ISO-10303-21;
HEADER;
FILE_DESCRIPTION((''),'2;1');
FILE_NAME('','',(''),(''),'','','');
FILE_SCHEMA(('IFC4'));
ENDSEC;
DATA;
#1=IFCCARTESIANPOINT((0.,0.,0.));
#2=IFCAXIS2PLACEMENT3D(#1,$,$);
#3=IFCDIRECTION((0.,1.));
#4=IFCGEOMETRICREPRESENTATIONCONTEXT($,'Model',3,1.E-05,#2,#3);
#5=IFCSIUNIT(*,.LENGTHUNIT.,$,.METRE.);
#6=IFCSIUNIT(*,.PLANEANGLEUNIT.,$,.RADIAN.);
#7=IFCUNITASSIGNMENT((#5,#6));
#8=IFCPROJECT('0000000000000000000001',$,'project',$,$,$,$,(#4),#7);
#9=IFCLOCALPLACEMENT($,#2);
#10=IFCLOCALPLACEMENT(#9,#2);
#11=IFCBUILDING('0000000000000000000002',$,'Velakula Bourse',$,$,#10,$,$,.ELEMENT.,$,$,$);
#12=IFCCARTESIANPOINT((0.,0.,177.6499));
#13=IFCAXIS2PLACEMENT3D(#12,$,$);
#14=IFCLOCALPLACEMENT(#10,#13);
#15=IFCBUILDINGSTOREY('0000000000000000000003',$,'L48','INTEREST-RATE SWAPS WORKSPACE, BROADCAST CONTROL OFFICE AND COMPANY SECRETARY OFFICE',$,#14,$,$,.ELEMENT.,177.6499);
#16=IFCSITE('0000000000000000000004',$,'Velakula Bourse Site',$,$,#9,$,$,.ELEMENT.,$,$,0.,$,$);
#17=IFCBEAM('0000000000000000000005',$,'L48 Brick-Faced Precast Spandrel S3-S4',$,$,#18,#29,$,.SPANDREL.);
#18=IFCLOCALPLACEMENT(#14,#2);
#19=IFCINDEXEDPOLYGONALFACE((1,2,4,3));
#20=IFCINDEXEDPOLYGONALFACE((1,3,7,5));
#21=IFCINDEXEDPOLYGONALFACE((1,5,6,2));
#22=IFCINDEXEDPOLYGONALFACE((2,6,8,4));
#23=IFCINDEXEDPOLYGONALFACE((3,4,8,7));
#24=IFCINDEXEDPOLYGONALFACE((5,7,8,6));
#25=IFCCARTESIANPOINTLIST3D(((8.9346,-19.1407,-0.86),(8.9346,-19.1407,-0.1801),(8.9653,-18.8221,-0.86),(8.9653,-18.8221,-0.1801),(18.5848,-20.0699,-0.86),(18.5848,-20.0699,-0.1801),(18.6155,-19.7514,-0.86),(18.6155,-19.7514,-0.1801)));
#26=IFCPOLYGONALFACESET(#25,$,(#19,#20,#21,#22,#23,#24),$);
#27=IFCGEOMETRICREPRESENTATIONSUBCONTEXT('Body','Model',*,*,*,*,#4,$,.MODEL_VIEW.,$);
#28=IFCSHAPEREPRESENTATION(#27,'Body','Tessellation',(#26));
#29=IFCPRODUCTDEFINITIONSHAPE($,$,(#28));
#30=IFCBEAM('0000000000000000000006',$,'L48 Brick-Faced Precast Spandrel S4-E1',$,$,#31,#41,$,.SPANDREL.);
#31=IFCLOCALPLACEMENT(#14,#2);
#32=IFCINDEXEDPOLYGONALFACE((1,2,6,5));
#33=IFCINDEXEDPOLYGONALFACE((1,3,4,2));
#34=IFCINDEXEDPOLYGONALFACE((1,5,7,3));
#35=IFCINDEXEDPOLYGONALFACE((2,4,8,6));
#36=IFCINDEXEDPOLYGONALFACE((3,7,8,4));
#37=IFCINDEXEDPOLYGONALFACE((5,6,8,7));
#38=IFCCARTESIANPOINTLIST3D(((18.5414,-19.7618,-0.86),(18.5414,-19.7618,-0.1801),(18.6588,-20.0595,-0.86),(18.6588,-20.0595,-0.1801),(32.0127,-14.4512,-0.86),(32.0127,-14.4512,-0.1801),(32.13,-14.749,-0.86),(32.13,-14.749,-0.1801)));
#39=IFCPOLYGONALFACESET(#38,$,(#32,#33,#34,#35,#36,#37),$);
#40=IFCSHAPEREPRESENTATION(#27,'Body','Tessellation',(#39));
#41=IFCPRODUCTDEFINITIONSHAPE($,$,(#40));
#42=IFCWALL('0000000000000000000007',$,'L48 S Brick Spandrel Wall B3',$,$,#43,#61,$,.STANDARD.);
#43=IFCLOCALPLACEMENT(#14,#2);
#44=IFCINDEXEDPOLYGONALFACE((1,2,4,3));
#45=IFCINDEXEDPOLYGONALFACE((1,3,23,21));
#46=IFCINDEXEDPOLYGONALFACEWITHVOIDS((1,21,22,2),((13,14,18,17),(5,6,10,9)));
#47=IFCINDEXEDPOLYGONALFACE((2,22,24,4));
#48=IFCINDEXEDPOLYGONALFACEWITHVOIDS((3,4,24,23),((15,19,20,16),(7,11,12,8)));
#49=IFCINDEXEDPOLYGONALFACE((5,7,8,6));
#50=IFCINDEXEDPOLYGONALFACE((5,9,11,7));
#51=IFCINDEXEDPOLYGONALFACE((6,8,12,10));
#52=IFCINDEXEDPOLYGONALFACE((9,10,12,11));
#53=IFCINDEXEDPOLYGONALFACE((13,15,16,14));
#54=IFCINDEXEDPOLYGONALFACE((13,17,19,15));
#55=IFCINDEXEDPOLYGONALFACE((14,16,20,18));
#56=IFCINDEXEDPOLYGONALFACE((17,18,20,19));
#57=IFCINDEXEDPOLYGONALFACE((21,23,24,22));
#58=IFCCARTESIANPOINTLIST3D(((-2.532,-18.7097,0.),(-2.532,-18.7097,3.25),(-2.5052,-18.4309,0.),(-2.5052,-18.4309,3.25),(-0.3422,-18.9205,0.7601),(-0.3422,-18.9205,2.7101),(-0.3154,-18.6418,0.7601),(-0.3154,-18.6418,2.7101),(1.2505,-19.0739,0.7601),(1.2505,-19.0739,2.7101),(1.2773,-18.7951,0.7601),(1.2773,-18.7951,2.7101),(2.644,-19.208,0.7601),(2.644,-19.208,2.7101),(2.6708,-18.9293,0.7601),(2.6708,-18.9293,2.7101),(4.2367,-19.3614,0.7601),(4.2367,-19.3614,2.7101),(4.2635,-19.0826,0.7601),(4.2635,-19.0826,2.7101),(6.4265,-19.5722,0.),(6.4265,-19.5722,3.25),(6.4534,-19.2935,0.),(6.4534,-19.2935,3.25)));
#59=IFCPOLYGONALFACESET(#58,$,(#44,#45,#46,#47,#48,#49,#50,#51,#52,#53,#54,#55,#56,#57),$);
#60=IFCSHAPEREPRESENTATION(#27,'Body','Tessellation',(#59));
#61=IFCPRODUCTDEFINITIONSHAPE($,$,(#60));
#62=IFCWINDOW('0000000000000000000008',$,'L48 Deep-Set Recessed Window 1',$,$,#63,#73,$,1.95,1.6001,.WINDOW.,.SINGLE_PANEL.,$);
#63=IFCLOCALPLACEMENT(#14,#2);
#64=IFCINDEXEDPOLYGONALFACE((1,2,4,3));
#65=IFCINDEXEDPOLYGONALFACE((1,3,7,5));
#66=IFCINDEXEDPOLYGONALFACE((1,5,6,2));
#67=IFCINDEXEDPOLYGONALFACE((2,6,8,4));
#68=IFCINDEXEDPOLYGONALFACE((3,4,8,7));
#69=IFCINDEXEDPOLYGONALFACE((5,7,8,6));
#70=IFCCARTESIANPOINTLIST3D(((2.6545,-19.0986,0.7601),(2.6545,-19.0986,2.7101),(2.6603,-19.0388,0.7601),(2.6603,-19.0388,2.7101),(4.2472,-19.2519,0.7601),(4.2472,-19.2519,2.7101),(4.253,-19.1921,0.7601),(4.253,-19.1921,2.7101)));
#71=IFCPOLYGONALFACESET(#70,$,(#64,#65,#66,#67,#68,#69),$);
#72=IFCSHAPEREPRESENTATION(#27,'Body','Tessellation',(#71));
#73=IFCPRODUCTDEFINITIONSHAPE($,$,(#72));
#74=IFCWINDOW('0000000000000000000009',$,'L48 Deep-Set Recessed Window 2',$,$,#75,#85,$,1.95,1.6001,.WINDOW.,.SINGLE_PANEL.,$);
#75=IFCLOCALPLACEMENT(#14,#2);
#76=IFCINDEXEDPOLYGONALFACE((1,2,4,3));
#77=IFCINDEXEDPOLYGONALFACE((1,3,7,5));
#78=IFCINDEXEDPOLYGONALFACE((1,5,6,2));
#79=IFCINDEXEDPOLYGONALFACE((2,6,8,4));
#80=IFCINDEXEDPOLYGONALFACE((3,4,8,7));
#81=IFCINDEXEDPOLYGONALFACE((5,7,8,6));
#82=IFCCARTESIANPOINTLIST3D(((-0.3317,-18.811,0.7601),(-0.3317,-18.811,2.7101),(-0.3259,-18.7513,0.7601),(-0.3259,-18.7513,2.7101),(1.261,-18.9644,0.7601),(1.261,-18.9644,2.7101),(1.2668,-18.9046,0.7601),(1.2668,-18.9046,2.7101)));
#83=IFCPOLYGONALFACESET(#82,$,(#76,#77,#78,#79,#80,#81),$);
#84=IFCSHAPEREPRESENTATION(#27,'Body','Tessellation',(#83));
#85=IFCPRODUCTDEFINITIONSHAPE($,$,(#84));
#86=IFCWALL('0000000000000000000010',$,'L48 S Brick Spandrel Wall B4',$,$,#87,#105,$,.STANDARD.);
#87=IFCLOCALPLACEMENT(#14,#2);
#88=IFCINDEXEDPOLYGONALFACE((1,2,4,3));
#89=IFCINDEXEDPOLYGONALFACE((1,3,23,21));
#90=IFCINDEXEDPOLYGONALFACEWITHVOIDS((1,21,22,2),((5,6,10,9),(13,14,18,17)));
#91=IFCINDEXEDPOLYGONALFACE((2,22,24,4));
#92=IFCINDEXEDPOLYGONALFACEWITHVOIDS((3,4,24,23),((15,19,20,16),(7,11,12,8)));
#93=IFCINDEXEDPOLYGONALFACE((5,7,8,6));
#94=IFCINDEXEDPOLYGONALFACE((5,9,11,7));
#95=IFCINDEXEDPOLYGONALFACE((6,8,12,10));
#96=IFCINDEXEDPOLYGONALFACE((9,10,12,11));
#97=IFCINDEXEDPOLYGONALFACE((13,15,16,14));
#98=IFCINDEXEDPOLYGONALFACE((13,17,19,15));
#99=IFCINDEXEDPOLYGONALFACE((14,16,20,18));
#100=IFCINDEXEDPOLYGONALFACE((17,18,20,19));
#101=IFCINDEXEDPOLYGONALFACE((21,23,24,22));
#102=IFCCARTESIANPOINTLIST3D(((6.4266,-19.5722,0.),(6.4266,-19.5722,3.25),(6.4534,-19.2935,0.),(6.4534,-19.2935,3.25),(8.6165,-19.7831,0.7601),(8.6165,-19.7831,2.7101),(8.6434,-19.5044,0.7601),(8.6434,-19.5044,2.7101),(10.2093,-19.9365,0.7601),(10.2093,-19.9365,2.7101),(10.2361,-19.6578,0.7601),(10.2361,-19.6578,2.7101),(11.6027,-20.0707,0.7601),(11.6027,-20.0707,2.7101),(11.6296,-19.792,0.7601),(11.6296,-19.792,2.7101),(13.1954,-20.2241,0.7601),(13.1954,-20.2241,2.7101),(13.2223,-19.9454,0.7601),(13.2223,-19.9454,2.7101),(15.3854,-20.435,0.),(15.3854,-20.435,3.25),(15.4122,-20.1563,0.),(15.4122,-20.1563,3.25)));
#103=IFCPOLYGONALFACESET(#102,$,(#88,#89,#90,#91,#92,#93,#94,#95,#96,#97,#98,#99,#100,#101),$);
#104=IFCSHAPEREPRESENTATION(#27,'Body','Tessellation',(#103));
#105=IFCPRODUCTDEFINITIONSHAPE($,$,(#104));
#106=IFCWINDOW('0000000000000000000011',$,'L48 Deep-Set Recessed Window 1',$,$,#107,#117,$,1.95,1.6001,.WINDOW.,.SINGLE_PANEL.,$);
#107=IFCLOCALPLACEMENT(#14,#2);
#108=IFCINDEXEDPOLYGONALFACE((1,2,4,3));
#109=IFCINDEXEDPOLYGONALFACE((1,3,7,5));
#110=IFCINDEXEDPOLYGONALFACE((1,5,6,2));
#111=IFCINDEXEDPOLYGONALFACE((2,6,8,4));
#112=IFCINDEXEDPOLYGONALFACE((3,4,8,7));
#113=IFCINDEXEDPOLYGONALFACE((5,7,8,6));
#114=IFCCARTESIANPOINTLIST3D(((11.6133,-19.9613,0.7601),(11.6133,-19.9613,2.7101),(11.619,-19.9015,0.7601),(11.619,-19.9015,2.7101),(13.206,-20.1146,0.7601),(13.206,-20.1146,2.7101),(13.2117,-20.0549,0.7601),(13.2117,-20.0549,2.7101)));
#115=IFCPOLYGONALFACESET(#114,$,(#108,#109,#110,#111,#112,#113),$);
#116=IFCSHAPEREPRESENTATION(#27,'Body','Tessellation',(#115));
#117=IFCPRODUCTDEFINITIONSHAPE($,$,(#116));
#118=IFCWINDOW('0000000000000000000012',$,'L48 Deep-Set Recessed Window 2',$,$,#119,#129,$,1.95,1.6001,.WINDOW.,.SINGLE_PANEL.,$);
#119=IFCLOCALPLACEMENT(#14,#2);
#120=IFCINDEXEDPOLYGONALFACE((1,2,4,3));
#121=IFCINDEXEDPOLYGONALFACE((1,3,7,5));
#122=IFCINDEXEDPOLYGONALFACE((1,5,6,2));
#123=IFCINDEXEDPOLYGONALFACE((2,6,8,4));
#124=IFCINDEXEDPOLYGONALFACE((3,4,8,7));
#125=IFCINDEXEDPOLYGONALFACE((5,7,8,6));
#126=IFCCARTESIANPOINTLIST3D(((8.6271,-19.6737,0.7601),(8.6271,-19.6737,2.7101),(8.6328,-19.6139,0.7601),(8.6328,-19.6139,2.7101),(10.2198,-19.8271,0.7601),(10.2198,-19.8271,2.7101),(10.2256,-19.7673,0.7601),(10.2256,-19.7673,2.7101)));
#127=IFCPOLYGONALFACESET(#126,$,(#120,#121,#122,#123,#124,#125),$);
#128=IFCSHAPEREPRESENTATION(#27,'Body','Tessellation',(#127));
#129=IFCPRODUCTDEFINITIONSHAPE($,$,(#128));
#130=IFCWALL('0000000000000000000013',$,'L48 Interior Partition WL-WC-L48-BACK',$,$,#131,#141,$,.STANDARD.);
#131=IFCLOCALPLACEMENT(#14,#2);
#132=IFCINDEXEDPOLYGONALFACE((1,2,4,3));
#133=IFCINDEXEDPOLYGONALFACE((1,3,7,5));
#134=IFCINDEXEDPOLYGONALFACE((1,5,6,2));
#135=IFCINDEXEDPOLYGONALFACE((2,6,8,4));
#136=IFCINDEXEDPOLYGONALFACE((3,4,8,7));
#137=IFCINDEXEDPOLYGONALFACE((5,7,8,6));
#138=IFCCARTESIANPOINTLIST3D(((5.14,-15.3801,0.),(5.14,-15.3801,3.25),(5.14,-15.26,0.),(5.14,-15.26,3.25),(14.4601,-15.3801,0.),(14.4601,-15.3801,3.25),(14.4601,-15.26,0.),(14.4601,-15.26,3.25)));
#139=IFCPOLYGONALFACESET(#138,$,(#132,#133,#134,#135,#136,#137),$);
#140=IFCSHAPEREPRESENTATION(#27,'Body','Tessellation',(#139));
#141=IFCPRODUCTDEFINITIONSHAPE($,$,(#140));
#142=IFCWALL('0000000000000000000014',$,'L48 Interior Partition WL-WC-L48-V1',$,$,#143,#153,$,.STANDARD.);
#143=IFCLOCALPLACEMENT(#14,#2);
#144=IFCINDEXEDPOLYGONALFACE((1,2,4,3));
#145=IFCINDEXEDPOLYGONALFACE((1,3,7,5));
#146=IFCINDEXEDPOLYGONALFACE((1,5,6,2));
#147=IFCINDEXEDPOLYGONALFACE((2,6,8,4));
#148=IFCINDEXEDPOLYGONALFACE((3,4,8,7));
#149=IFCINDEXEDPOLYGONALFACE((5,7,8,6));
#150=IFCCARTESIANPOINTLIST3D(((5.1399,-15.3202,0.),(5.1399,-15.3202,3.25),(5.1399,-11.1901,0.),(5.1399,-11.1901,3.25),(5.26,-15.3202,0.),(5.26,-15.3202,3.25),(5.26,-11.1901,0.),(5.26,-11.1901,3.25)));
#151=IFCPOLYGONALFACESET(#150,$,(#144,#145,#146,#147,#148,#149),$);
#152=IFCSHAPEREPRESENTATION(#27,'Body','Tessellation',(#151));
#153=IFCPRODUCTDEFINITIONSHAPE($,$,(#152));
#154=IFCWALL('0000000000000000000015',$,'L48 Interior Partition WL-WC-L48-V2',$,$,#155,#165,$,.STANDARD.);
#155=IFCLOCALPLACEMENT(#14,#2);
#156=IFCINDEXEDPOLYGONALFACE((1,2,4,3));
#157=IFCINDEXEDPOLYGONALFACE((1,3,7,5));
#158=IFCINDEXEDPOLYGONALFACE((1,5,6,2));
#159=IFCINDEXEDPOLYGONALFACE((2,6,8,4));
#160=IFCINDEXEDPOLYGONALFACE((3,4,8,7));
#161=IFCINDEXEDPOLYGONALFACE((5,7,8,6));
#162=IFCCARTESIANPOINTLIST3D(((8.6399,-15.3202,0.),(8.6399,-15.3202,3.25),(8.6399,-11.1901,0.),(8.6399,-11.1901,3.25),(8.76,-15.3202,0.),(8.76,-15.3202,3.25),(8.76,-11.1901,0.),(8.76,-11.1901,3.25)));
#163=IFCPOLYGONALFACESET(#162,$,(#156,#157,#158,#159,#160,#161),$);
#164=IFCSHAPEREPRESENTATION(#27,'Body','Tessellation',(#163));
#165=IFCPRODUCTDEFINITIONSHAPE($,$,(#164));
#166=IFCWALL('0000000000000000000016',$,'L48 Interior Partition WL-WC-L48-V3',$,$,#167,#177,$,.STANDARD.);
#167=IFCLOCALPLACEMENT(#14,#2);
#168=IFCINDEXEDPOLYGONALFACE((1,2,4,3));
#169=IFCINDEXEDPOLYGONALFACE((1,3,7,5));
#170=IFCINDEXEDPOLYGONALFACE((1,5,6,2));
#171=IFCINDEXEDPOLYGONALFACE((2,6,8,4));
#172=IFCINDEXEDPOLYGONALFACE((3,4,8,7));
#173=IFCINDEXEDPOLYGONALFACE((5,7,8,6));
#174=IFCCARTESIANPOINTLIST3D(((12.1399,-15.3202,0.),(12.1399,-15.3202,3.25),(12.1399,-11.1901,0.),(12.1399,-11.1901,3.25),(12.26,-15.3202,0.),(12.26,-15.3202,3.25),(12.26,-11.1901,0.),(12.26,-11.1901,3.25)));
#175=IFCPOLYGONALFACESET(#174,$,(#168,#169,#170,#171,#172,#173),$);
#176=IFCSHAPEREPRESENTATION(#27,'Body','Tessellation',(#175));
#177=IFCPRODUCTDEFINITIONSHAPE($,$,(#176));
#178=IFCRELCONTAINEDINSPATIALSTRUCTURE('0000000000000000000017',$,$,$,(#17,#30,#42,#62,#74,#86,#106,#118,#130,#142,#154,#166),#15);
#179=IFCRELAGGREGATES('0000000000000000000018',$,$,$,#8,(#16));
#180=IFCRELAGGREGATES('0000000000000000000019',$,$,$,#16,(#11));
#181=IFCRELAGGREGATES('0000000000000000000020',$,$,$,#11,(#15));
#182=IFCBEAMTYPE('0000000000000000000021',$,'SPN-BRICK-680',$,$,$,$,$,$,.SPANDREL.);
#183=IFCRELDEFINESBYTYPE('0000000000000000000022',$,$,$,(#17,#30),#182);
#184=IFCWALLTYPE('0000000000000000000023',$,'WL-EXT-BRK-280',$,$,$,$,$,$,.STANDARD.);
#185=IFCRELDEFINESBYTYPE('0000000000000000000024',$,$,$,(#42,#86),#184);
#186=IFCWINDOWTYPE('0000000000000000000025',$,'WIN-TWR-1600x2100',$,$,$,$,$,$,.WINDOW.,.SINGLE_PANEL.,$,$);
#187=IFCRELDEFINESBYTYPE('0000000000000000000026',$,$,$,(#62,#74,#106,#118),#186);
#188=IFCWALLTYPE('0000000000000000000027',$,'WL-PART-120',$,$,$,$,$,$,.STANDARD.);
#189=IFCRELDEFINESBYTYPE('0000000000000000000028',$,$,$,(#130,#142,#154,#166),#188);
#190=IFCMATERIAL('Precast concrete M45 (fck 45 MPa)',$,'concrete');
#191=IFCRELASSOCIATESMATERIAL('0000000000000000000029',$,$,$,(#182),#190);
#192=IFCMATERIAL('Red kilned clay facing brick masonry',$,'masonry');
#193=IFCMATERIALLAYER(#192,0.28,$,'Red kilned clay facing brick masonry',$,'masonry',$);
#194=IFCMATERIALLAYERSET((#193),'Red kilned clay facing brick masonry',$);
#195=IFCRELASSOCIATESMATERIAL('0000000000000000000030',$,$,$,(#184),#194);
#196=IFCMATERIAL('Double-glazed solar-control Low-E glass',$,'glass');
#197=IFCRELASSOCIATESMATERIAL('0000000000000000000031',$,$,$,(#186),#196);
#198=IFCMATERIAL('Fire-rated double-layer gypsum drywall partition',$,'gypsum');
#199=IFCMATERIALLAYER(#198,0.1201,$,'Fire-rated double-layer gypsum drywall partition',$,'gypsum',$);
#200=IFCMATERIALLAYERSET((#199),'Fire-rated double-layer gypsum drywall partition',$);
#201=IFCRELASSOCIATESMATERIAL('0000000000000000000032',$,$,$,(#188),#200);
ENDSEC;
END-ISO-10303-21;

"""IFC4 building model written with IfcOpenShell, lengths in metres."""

from ifc_helpers import new_model, si_unit, direction, frame, frame_2d, origin, origin_2d, place, context, subcontext, project, spatial, rectangle, extrude, material, layer, layer_set, material_profile, profile_set, type_object, element, fill, save


model = new_model("IFC4")

# Units and contexts
model_context = context("Model", 3, precision=1e-05, world=origin(), true_north=direction((0.0, 1.0)))
body_context = subcontext(model_context, "Body", "Model", "MODEL_VIEW")
ifc_project = project(units=[si_unit("LENGTHUNIT", "METRE"), si_unit("PLANEANGLEUNIT", "RADIAN")], contexts=[model_context])

# Site, building, storey
site_placement = place(None, origin())
site = spatial("IfcSite", under=ifc_project, at=site_placement, Name="Velakula Bourse Site", CompositionType="ELEMENT", RefElevation=0.0)
building_placement = place(site_placement, origin())
building = spatial("IfcBuilding", under=site, at=building_placement, Name="Velakula Bourse", CompositionType="ELEMENT")
storey_placement = place(building_placement, frame((0.0, 0.0, 177.6499)))
storey = spatial("IfcBuildingStorey", under=building, at=storey_placement, Name="L48", Description="INTEREST-RATE SWAPS WORKSPACE, BROADCAST CONTROL OFFICE AND COMPANY SECRETARY OFFICE", CompositionType="ELEMENT", Elevation=177.6499)

# Beams
ifc_material_1 = material(Name="Precast concrete M45 (fck 45 MPa)", Category="concrete")
ifc_material_profile_1 = material_profile(ifc_material_1, rectangle(XDim=0.3201, YDim=0.6799, at=origin_2d()), Name="Precast concrete M45 (fck 45 MPa)")
ifc_profile_set_1 = profile_set([ifc_material_profile_1], Name="Precast concrete M45 (fck 45 MPa)")
beam_type_1 = type_object("IfcBeamType", Name="SPN-BRICK-680", PredefinedType="SPANDREL", material=ifc_profile_set_1)
beam_1_placement = place(storey_placement, frame((8.95, -18.9814, -0.52), z_axis=(0.995396, -0.095845, 0.0), x_axis=(0.095845, 0.995396, 0.0)))
element("IfcBeam", 1, at=beam_1_placement, inside=storey, type_object=beam_type_1, Name="L48 Brick-Faced Precast Spandrel S3-S4", PredefinedType="SPANDREL", context=body_context, shape_type="SweptSolid", body=[
    extrude(rectangle(XDim=0.3201, YDim=0.6799, at=origin_2d()), origin(), (0.0, 0.0, 1.0), 9.6948),
])
beam_2_placement = place(storey_placement, frame((18.6001, -19.9106, -0.52), z_axis=(0.930321, 0.366747, 0.0), x_axis=(-0.366747, 0.930321, 0.0)))
element("IfcBeam", 2, at=beam_2_placement, inside=storey, type_object=beam_type_1, Name="L48 Brick-Faced Precast Spandrel S4-E1", PredefinedType="SPANDREL", context=body_context, shape_type="SweptSolid", body=[
    extrude(rectangle(XDim=0.3201, YDim=0.6799, at=origin_2d()), origin(), (0.0, 0.0, 1.0), 14.4802),
])

# Walls, openings, windows
ifc_material_2 = material(Name="Red kilned clay facing brick masonry", Category="masonry")
ifc_layer_1 = layer(ifc_material_2, 0.28, Name="Red kilned clay facing brick masonry", Category="masonry")
ifc_layer_set_1 = layer_set([ifc_layer_1], Name="Red kilned clay facing brick masonry")
wall_type_1 = type_object("IfcWallType", Name="WL-EXT-BRK-280", PredefinedType="STANDARD", material=ifc_layer_set_1)
wall_1_placement = place(storey_placement, frame((6.4399, -19.4329, 0.0), z_axis=(0.0, 0.0, 1.0), x_axis=(-0.995397, 0.09584, 0.0)))
wall_1 = element("IfcWall", 3, at=wall_1_placement, inside=storey, type_object=wall_type_1, Name="L48 S Brick Spandrel Wall B3", PredefinedType="STANDARD", context=body_context, shape_type="SweptSolid", body=[
    extrude(rectangle(XDim=9.0, YDim=0.28, at=frame_2d((4.5, 0.0))), origin(), (0.0, 0.0, 1.0), 3.25),
])
opening_1_placement = place(wall_1_placement, frame((2.2, 0.0, 0.76)))
opening_1 = element("IfcOpeningElement", 4, at=opening_1_placement, cuts=wall_1, PredefinedType="OPENING", context=body_context, shape_type="SweptSolid", body=[
    extrude(rectangle(XDim=1.6001, YDim=1.95, at=frame_2d((0.8, 0.9751))), frame((0.0, 0.1499, 0.0), z_axis=(0.0, -1.0, 0.0), x_axis=(1.0, 0.0, 0.0)), (0.0, 0.0, 1.0), 0.3),
])
opening_2_placement = place(wall_1_placement, frame((5.2, 0.0, 0.76)))
opening_2 = element("IfcOpeningElement", 5, at=opening_2_placement, cuts=wall_1, PredefinedType="OPENING", context=body_context, shape_type="SweptSolid", body=[
    extrude(rectangle(XDim=1.6001, YDim=1.95, at=frame_2d((0.8, 0.9751))), frame((0.0, 0.1499, 0.0), z_axis=(0.0, -1.0, 0.0), x_axis=(1.0, 0.0, 0.0)), (0.0, 0.0, 1.0), 0.3),
])
ifc_material_3 = material(Name="Double-glazed solar-control Low-E glass", Category="glass")
window_type = type_object("IfcWindowType", Name="WIN-TWR-1600x2100", PartitioningType="SINGLE_PANEL", PredefinedType="WINDOW", material=ifc_material_3)
window_1_placement = place(opening_1_placement, origin())
window_1 = element("IfcWindow", 6, at=window_1_placement, inside=storey, type_object=window_type, Name="L48 Deep-Set Recessed Window 1", OverallHeight=1.95, OverallWidth=1.6001, PartitioningType="SINGLE_PANEL", PredefinedType="WINDOW", context=body_context, shape_type="SweptSolid", body=[
    extrude(rectangle(XDim=1.6001, YDim=1.95, at=frame_2d((0.8, 0.9751))), frame((0.0, 0.03, 0.0), z_axis=(0.0, -1.0, 0.0), x_axis=(1.0, 0.0, 0.0)), (0.0, 0.0, 1.0), 0.0601),
])
fill(opening_1, window_1)
window_2_placement = place(opening_2_placement, origin())
window_2 = element("IfcWindow", 7, at=window_2_placement, inside=storey, type_object=window_type, Name="L48 Deep-Set Recessed Window 2", OverallHeight=1.95, OverallWidth=1.6001, PartitioningType="SINGLE_PANEL", PredefinedType="WINDOW", context=body_context, shape_type="SweptSolid", body=[
    extrude(rectangle(XDim=1.6001, YDim=1.95, at=frame_2d((0.8, 0.9751))), frame((0.0, 0.03, 0.0), z_axis=(0.0, -1.0, 0.0), x_axis=(1.0, 0.0, 0.0)), (0.0, 0.0, 1.0), 0.0601),
])
fill(opening_2, window_2)
wall_2_placement = place(storey_placement, frame((15.3987, -20.2957, 0.0), z_axis=(0.0, 0.0, 1.0), x_axis=(-0.995394, 0.095864, 0.0)))
wall_2 = element("IfcWall", 8, at=wall_2_placement, inside=storey, type_object=wall_type_1, Name="L48 S Brick Spandrel Wall B4", PredefinedType="STANDARD", context=body_context, shape_type="SweptSolid", body=[
    extrude(rectangle(XDim=9.0002, YDim=0.28, at=frame_2d((4.5, 0.0))), origin(), (0.0, 0.0, 1.0), 3.25),
])
opening_3_placement = place(wall_2_placement, frame((2.2, 0.0, 0.76)))
opening_3 = element("IfcOpeningElement", 9, at=opening_3_placement, cuts=wall_2, PredefinedType="OPENING", context=body_context, shape_type="SweptSolid", body=[
    extrude(rectangle(XDim=1.6001, YDim=1.95, at=frame_2d((0.8, 0.9751))), frame((0.0, 0.1499, 0.0), z_axis=(0.0, -1.0, 0.0), x_axis=(1.0, 0.0, 0.0)), (0.0, 0.0, 1.0), 0.3),
])
opening_4_placement = place(wall_2_placement, frame((5.2, 0.0, 0.76)))
opening_4 = element("IfcOpeningElement", 10, at=opening_4_placement, cuts=wall_2, PredefinedType="OPENING", context=body_context, shape_type="SweptSolid", body=[
    extrude(rectangle(XDim=1.6001, YDim=1.95, at=frame_2d((0.8, 0.9751))), frame((0.0, 0.1499, 0.0), z_axis=(0.0, -1.0, 0.0), x_axis=(1.0, 0.0, 0.0)), (0.0, 0.0, 1.0), 0.3),
])
window_3_placement = place(opening_3_placement, origin())
window_3 = element("IfcWindow", 11, at=window_3_placement, inside=storey, type_object=window_type, Name="L48 Deep-Set Recessed Window 1", OverallHeight=1.95, OverallWidth=1.6001, PartitioningType="SINGLE_PANEL", PredefinedType="WINDOW", context=body_context, shape_type="SweptSolid", body=[
    extrude(rectangle(XDim=1.6001, YDim=1.95, at=frame_2d((0.8, 0.9751))), frame((0.0, 0.03, 0.0), z_axis=(0.0, -1.0, 0.0), x_axis=(1.0, 0.0, 0.0)), (0.0, 0.0, 1.0), 0.0601),
])
fill(opening_3, window_3)
window_4_placement = place(opening_4_placement, origin())
window_4 = element("IfcWindow", 12, at=window_4_placement, inside=storey, type_object=window_type, Name="L48 Deep-Set Recessed Window 2", OverallHeight=1.95, OverallWidth=1.6001, PartitioningType="SINGLE_PANEL", PredefinedType="WINDOW", context=body_context, shape_type="SweptSolid", body=[
    extrude(rectangle(XDim=1.6001, YDim=1.95, at=frame_2d((0.8, 0.9751))), frame((0.0, 0.03, 0.0), z_axis=(0.0, -1.0, 0.0), x_axis=(1.0, 0.0, 0.0)), (0.0, 0.0, 1.0), 0.0601),
])
fill(opening_4, window_4)

# Walls
ifc_material_4 = material(Name="Fire-rated double-layer gypsum drywall partition", Category="gypsum")
ifc_layer_2 = layer(ifc_material_4, 0.1201, Name="Fire-rated double-layer gypsum drywall partition", Category="gypsum")
ifc_layer_set_2 = layer_set([ifc_layer_2], Name="Fire-rated double-layer gypsum drywall partition")
wall_type_2 = type_object("IfcWallType", Name="WL-PART-120", PredefinedType="STANDARD", material=ifc_layer_set_2)
wall_3_placement = place(storey_placement, frame((5.1399, -15.3201, 0.0), z_axis=(0.0, 0.0, 1.0), x_axis=(1.0, 0.0, 0.0)))
element("IfcWall", 13, at=wall_3_placement, inside=storey, type_object=wall_type_2, Name="L48 Interior Partition WL-WC-L48-BACK", PredefinedType="STANDARD", context=body_context, shape_type="SweptSolid", body=[
    extrude(rectangle(XDim=9.3201, YDim=0.1201, at=frame_2d((4.6602, 0.0))), origin(), (0.0, 0.0, 1.0), 3.25),
])
for number, where, z_axis, x_axis, name in (
    (14, (5.2, -15.3201, 0.0), (0.0, 0.0, 1.0), (0.0, 1.0, 0.0), "L48 Interior Partition WL-WC-L48-V1"),
    (15, (8.7, -15.3201, 0.0), (0.0, 0.0, 1.0), (0.0, 1.0, 0.0), "L48 Interior Partition WL-WC-L48-V2"),
    (16, (12.2, -15.3201, 0.0), (0.0, 0.0, 1.0), (0.0, 1.0, 0.0), "L48 Interior Partition WL-WC-L48-V3"),
):
    element("IfcWall", number, at=place(storey_placement, frame(where, z_axis=z_axis, x_axis=x_axis)), inside=storey, type_object=wall_type_2, Name=name, PredefinedType="STANDARD", context=body_context, shape_type="SweptSolid", body=[
        extrude(rectangle(XDim=4.1301, YDim=0.1201, at=frame_2d((2.0649, 0.0))), origin(), (0.0, 0.0, 1.0), 3.25),
    ])

save(model, "model.ifc")
